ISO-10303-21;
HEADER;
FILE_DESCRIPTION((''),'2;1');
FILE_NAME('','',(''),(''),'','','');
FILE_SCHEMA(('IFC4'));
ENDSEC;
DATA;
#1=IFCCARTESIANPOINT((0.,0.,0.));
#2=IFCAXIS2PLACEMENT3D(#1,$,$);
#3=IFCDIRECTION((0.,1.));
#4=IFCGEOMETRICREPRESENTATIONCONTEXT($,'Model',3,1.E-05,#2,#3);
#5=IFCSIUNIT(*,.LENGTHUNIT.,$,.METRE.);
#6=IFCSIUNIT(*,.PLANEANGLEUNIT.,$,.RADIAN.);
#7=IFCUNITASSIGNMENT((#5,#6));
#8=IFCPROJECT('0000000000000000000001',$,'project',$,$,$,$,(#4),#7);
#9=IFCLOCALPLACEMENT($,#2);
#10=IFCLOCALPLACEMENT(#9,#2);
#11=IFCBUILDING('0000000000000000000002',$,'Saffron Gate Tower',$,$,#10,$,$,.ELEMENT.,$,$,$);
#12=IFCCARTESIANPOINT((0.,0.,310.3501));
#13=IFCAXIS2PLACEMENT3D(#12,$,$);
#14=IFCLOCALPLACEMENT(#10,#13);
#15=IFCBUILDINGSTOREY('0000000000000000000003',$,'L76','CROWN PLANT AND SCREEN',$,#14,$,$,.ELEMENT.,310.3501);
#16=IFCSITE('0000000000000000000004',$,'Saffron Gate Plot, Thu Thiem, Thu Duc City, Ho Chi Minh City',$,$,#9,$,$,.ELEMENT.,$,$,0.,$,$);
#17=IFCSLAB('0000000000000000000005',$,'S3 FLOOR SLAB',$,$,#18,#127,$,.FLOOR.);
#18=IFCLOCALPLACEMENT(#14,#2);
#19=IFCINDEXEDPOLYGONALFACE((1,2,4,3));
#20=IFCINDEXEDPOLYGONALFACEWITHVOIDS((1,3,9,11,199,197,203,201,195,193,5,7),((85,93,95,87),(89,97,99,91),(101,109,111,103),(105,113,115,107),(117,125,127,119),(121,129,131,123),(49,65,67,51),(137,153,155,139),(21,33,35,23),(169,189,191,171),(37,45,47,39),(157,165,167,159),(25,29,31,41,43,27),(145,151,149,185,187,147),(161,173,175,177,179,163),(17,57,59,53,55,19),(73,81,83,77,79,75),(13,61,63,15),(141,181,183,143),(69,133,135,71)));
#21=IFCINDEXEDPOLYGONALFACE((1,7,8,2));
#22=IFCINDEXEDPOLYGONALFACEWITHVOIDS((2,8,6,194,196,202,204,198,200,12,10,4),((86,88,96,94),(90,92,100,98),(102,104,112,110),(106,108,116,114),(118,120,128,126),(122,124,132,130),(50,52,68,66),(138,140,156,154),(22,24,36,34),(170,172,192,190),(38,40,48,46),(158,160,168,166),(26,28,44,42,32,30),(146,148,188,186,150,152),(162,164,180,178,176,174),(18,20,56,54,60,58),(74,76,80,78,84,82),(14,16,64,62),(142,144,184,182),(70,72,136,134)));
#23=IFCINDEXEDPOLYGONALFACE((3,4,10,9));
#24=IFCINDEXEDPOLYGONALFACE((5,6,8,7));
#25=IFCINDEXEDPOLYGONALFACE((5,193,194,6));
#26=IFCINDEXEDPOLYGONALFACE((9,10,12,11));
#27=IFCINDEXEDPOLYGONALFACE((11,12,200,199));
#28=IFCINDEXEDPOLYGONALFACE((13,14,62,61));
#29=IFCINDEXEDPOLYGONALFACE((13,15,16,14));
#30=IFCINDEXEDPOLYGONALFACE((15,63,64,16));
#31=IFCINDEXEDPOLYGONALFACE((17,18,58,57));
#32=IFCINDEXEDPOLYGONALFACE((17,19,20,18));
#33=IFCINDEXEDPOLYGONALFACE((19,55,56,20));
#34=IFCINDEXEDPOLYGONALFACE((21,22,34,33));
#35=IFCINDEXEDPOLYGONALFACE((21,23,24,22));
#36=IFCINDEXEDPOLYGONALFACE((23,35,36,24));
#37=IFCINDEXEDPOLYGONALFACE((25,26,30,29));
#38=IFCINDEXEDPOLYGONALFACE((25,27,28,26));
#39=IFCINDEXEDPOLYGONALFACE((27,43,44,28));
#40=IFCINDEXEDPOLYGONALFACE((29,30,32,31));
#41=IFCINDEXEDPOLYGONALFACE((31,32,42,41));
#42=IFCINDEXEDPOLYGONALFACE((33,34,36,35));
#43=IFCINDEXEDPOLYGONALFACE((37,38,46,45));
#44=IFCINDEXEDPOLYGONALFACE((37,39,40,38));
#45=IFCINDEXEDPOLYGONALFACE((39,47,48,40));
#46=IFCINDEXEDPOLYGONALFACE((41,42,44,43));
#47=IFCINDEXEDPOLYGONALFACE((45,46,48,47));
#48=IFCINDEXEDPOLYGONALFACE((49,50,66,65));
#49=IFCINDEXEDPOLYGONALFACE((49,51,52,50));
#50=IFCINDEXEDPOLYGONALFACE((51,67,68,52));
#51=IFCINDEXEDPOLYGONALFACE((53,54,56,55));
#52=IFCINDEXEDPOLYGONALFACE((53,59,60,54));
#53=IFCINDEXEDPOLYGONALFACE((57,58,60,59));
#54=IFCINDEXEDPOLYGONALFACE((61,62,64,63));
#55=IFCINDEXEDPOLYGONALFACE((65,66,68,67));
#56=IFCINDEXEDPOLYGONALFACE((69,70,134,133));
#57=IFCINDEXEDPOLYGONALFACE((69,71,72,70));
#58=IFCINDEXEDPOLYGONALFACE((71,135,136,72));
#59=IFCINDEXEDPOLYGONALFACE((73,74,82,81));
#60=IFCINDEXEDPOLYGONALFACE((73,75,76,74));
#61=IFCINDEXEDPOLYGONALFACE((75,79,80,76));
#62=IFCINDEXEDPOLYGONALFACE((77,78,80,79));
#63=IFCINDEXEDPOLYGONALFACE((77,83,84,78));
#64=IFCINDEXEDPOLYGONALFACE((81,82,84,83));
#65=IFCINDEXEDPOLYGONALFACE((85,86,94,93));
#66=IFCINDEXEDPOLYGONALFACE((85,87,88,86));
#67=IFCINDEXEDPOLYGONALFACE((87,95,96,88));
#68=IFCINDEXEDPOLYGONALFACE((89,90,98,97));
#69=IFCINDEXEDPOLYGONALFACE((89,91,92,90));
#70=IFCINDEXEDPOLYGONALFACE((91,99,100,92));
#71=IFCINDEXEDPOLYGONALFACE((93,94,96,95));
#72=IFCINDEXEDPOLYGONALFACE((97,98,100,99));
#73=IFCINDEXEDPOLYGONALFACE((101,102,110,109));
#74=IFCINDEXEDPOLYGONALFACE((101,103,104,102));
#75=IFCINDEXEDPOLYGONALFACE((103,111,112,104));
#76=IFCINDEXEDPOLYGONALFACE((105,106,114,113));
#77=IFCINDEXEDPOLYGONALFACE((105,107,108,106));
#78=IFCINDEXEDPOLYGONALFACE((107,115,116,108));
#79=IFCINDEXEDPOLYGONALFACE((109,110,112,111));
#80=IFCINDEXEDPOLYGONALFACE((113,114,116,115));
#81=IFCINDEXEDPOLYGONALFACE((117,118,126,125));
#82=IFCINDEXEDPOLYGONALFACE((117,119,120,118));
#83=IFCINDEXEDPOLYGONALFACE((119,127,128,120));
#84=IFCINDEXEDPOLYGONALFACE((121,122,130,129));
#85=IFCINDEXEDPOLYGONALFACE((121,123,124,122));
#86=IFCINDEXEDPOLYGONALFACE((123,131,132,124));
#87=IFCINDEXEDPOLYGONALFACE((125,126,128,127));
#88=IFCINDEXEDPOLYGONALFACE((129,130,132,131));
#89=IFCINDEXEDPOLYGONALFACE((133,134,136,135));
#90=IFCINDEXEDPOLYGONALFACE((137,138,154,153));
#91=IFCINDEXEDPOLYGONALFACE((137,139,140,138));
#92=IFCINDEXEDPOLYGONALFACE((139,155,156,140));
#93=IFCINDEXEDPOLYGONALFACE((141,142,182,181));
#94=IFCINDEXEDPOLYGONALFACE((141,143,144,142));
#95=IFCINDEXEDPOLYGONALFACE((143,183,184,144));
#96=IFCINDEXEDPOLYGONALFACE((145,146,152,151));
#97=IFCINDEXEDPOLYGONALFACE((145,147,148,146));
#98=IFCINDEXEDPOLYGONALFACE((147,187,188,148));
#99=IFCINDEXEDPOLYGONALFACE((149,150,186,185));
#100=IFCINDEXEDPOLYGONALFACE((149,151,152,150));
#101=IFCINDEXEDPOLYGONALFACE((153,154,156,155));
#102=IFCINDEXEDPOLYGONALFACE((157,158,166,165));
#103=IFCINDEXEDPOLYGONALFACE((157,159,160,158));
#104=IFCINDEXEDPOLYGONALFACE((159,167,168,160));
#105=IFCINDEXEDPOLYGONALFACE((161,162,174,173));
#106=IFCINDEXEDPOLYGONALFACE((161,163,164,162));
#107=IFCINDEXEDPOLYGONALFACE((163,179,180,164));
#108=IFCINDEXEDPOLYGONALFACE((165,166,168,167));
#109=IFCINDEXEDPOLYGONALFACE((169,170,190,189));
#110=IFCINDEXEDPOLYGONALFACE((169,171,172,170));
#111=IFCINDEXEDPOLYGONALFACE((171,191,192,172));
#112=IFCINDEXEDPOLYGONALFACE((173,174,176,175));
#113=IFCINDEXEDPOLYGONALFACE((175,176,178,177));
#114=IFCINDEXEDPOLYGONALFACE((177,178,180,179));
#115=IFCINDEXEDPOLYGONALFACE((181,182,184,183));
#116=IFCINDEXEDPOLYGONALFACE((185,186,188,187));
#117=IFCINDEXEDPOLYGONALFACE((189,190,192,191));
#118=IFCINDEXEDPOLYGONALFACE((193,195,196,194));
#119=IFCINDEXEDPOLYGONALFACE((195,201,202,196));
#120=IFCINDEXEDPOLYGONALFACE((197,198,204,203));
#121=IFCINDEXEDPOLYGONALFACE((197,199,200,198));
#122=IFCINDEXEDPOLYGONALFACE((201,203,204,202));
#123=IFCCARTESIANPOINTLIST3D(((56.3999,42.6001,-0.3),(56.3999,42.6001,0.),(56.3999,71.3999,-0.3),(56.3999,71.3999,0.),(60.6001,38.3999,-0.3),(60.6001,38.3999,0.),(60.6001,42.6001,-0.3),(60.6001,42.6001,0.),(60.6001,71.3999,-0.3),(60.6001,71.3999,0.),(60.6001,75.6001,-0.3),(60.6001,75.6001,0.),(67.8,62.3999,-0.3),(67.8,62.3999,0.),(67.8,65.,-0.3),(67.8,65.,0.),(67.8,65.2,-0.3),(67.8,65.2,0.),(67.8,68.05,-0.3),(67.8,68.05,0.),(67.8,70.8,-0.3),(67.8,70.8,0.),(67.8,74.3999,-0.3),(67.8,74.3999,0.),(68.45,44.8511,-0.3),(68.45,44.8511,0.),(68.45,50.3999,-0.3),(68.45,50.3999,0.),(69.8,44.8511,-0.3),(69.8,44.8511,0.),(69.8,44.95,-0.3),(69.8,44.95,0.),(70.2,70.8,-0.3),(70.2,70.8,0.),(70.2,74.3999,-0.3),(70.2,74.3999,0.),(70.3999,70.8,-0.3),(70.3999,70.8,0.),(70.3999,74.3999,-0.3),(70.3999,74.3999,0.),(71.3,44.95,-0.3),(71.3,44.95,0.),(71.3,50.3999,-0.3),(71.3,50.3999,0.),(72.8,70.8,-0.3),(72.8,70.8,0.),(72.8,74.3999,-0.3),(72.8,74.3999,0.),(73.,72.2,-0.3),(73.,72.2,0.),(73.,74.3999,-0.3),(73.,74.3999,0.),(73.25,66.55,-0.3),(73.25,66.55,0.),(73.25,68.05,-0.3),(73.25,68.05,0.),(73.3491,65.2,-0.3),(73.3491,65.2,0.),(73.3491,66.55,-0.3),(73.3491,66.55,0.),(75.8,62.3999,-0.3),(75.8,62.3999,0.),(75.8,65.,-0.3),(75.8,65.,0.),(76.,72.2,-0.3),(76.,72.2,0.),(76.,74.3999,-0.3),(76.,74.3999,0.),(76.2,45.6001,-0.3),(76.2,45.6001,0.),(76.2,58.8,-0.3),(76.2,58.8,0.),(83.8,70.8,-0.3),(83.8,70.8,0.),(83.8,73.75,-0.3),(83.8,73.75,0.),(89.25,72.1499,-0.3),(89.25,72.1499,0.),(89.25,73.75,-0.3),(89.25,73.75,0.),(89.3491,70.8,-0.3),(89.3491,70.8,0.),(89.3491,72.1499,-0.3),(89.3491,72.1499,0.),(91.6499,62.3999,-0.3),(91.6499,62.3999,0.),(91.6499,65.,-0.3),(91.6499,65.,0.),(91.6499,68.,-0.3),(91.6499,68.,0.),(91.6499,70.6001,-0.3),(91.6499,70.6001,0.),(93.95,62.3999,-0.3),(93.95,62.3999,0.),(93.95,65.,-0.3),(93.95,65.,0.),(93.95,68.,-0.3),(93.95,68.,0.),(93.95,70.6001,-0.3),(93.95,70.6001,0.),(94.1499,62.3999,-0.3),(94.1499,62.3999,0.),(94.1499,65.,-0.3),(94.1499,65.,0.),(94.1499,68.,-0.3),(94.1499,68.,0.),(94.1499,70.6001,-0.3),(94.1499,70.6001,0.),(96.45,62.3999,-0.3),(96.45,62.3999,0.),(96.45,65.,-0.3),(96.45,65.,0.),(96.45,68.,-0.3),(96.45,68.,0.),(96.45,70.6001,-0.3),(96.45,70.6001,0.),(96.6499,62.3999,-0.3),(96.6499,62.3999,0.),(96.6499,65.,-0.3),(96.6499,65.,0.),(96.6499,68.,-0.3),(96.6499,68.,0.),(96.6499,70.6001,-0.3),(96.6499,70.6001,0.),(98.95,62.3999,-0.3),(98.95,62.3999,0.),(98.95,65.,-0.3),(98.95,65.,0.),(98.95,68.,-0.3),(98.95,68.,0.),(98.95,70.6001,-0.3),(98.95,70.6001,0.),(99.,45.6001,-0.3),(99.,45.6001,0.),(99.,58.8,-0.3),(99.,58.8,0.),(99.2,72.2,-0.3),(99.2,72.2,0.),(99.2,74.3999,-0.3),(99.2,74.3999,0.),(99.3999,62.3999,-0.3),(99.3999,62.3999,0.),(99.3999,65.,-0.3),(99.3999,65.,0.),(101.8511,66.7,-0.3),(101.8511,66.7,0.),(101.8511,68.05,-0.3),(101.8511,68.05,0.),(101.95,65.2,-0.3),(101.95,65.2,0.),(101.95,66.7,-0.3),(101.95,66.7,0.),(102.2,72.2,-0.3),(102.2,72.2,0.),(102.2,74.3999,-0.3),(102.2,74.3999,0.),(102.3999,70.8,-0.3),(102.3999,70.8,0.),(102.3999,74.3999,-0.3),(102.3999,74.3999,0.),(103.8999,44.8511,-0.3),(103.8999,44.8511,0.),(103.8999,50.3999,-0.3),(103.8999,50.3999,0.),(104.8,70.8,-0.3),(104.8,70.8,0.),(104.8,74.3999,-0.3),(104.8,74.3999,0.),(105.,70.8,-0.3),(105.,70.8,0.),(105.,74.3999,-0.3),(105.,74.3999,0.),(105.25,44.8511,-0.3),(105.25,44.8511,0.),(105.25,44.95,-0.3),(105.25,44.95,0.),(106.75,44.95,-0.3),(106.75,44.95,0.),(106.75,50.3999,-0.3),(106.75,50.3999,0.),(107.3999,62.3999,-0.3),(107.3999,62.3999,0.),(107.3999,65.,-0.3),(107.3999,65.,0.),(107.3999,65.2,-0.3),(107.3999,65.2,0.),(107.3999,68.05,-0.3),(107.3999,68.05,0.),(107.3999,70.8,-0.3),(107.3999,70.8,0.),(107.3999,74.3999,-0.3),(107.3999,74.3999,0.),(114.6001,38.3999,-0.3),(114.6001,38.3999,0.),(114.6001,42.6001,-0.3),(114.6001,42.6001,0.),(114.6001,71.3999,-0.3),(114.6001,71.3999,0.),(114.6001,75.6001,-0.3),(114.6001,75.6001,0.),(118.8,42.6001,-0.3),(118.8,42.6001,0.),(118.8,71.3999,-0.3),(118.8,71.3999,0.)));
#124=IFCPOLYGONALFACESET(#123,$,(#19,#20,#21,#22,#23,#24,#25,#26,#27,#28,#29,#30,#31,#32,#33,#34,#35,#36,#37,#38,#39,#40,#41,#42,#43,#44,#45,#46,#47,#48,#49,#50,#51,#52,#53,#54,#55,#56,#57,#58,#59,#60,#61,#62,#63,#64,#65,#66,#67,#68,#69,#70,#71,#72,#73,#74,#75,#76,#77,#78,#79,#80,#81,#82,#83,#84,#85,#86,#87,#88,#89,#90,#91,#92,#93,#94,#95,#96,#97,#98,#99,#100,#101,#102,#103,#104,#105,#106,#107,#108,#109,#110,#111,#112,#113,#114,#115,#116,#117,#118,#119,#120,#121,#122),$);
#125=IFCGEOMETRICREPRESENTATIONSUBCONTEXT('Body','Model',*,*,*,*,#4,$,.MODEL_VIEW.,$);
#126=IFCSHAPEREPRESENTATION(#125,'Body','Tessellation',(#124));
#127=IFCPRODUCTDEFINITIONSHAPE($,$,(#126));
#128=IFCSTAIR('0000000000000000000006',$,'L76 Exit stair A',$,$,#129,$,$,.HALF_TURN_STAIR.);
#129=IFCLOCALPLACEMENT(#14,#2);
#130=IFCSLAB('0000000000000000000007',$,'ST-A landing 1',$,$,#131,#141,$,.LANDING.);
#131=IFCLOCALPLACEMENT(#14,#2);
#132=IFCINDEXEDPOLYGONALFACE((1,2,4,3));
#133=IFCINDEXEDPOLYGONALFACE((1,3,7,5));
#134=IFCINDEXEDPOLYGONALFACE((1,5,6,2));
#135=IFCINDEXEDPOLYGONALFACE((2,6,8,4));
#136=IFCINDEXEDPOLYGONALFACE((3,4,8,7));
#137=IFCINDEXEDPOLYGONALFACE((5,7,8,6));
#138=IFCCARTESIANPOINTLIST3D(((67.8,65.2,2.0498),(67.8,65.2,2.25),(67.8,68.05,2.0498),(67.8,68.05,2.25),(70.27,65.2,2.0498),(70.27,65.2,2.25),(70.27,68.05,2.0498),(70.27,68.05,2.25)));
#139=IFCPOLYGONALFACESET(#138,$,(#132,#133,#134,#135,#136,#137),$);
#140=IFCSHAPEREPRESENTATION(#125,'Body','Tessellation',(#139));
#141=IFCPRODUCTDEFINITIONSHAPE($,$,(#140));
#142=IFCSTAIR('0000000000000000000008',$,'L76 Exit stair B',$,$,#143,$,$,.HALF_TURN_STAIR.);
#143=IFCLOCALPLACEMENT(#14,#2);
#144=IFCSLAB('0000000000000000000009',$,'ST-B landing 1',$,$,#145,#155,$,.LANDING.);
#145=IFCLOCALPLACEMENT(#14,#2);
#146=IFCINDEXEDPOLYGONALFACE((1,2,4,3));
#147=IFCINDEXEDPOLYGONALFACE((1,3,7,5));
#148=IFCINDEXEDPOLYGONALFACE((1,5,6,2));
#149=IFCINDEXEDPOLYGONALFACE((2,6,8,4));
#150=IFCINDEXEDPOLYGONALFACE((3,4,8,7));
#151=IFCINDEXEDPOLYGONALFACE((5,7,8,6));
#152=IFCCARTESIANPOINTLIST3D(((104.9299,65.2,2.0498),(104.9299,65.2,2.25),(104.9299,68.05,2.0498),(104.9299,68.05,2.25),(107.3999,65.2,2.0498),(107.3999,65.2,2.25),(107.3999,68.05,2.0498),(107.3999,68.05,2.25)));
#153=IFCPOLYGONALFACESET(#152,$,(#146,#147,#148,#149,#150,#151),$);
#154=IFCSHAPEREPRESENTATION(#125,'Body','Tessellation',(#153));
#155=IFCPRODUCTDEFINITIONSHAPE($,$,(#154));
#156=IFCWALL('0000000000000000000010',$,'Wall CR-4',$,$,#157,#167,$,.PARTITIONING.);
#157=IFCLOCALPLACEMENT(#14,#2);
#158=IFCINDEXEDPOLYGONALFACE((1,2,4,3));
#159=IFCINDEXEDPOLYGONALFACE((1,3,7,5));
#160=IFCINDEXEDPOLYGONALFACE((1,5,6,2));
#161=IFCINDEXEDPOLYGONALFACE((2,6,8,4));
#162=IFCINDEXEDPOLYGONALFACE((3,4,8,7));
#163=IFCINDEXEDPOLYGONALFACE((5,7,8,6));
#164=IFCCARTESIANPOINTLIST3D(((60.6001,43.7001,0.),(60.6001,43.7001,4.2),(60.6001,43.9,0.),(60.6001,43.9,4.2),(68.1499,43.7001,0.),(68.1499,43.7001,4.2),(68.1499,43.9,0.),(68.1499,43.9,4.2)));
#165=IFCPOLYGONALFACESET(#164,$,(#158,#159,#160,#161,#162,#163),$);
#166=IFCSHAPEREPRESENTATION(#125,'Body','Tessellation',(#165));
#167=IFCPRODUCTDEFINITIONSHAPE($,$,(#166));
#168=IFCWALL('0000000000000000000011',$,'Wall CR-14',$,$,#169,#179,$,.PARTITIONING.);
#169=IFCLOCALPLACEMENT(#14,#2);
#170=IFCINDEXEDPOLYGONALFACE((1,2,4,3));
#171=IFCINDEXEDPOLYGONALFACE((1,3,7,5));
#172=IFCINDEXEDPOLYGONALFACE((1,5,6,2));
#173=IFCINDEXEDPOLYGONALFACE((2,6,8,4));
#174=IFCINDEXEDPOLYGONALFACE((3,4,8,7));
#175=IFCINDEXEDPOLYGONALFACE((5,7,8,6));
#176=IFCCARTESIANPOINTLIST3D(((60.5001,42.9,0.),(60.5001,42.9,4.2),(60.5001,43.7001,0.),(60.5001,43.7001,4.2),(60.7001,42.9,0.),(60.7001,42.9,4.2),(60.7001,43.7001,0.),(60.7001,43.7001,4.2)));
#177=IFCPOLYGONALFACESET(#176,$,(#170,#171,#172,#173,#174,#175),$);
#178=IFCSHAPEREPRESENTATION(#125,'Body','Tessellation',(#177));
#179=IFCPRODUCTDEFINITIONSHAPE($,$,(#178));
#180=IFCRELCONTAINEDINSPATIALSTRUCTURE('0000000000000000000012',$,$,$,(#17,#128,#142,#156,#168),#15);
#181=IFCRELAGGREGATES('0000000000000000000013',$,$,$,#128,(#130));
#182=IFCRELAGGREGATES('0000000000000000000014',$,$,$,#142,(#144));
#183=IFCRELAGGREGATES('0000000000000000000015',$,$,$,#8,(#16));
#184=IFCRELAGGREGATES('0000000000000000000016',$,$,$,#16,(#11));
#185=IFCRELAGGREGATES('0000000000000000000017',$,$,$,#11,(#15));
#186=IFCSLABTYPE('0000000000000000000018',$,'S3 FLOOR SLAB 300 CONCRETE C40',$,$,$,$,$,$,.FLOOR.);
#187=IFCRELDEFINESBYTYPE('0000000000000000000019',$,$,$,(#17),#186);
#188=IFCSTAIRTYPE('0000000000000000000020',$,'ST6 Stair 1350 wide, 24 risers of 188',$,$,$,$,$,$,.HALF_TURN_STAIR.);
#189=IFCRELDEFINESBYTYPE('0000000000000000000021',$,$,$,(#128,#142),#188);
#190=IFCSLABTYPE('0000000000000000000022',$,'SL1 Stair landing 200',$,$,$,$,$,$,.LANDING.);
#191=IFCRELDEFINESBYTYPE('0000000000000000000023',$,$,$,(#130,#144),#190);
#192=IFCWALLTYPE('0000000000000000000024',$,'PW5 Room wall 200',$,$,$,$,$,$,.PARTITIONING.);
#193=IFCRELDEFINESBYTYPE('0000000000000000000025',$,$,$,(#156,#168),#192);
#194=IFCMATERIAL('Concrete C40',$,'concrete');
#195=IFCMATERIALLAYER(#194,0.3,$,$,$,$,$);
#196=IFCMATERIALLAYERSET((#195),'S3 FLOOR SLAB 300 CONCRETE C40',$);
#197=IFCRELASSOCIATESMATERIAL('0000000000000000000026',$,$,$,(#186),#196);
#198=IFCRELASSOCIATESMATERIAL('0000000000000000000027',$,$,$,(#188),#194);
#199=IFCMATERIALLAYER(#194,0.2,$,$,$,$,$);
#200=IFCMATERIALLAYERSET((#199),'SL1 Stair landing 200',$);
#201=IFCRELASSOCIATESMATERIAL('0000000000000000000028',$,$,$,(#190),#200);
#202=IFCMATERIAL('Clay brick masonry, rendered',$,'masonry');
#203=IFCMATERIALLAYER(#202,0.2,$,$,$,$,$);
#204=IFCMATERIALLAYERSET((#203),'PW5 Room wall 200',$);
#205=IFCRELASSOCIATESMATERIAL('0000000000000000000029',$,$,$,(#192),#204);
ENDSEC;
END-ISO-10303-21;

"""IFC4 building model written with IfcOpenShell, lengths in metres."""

from ifc_helpers import new_model, si_unit, direction, frame, frame_2d, origin, place, context, subcontext, project, spatial, polyline, rectangle, outline, extrude, material, layer, layer_set, type_object, element, aggregate, save


model = new_model("IFC4")

# Units and contexts
model_context = context("Model", 3, precision=1e-05, world=origin(), true_north=direction((0.0, 1.0)))
body_context = subcontext(model_context, "Body", "Model", "MODEL_VIEW")
ifc_project = project(units=[si_unit("LENGTHUNIT", "METRE"), si_unit("PLANEANGLEUNIT", "RADIAN")], contexts=[model_context])

# Site, building, storey
site_placement = place(None, origin())
site = spatial("IfcSite", under=ifc_project, at=site_placement, Name="Saffron Gate Plot, Thu Thiem, Thu Duc City, Ho Chi Minh City", CompositionType="ELEMENT", RefElevation=0.0)
building_placement = place(site_placement, origin())
building = spatial("IfcBuilding", under=site, at=building_placement, Name="Saffron Gate Tower", CompositionType="ELEMENT")
storey_placement = place(building_placement, frame((0.0, 0.0, 310.3501)))
storey = spatial("IfcBuildingStorey", under=building, at=storey_placement, Name="L76", Description="CROWN PLANT AND SCREEN", CompositionType="ELEMENT", Elevation=310.3501)

# Shared definitions
ifc_material_1 = material(Name="Concrete C40", Category="concrete")

# Slab
ifc_layer_1 = layer(ifc_material_1, 0.3)
ifc_layer_set_1 = layer_set([ifc_layer_1], Name="S3 FLOOR SLAB 300 CONCRETE C40")
slab_type_1 = type_object("IfcSlabType", Name="S3 FLOOR SLAB 300 CONCRETE C40", PredefinedType="FLOOR", material=ifc_layer_set_1)
slab_1_placement = place(storey_placement, frame((0.0, 0.0, -0.3)))
element("IfcSlab", 1, at=slab_1_placement, inside=storey, type_object=slab_type_1, Name="S3 FLOOR SLAB", PredefinedType="FLOOR", context=body_context, shape_type="SweptSolid", body=[
    extrude(outline(polyline([(56.3999, 42.6001), (60.6001, 42.6001), (60.6001, 38.3999), (114.6001, 38.3999), (114.6001, 42.6001), (118.8, 42.6001), (118.8, 71.3999), (114.6001, 71.3999), (114.6001, 75.6001), (60.6001, 75.6001), (60.6001, 71.3999), (56.3999, 71.3999), (56.3999, 42.6001)]), holes=[polyline([(67.8, 62.3999), (67.8, 65.0), (75.8, 65.0), (75.8, 62.3999), (67.8, 62.3999)]), polyline([(67.8, 65.2), (67.8, 68.05), (73.25, 68.05), (73.25, 66.55), (73.3491, 66.55), (73.3491, 65.2), (67.8, 65.2)]), polyline([(67.8, 70.8), (67.8, 74.3999), (70.2, 74.3999), (70.2, 70.8), (67.8, 70.8)]), polyline([(68.45, 44.8511), (68.45, 50.3999), (71.3, 50.3999), (71.3, 44.95), (69.8, 44.95), (69.8, 44.8511), (68.45, 44.8511)]), polyline([(70.3999, 70.8), (70.3999, 74.3999), (72.8, 74.3999), (72.8, 70.8), (70.3999, 70.8)]), polyline([(73.0, 72.2), (73.0, 74.3999), (76.0, 74.3999), (76.0, 72.2), (73.0, 72.2)]), polyline([(76.2, 45.6001), (76.2, 58.8), (99.0, 58.8), (99.0, 45.6001), (76.2, 45.6001)]), polyline([(83.8, 70.8), (83.8, 73.75), (89.25, 73.75), (89.25, 72.1499), (89.3491, 72.1499), (89.3491, 70.8), (83.8, 70.8)]), polyline([(91.6499, 62.3999), (91.6499, 65.0), (93.95, 65.0), (93.95, 62.3999), (91.6499, 62.3999)]), polyline([(91.6499, 68.0), (91.6499, 70.6001), (93.95, 70.6001), (93.95, 68.0), (91.6499, 68.0)]), polyline([(94.1499, 62.3999), (94.1499, 65.0), (96.45, 65.0), (96.45, 62.3999), (94.1499, 62.3999)]), polyline([(94.1499, 68.0), (94.1499, 70.6001), (96.45, 70.6001), (96.45, 68.0), (94.1499, 68.0)]), polyline([(96.6499, 62.3999), (96.6499, 65.0), (98.95, 65.0), (98.95, 62.3999), (96.6499, 62.3999)]), polyline([(96.6499, 68.0), (96.6499, 70.6001), (98.95, 70.6001), (98.95, 68.0), (96.6499, 68.0)]), polyline([(99.2, 72.2), (99.2, 74.3999), (102.2, 74.3999), (102.2, 72.2), (99.2, 72.2)]), polyline([(99.3999, 62.3999), (99.3999, 65.0), (107.3999, 65.0), (107.3999, 62.3999), (99.3999, 62.3999)]), polyline([(101.8511, 66.7), (101.8511, 68.05), (107.3999, 68.05), (107.3999, 65.2), (101.95, 65.2), (101.95, 66.7), (101.8511, 66.7)]), polyline([(102.3999, 70.8), (102.3999, 74.3999), (104.8, 74.3999), (104.8, 70.8), (102.3999, 70.8)]), polyline([(103.8999, 44.8511), (103.8999, 50.3999), (106.75, 50.3999), (106.75, 44.95), (105.25, 44.95), (105.25, 44.8511), (103.8999, 44.8511)]), polyline([(105.0, 70.8), (105.0, 74.3999), (107.3999, 74.3999), (107.3999, 70.8), (105.0, 70.8)])]), origin(), (0.0, 0.0, 1.0), 0.3),
])

# Stairs, slabs
stair_type = type_object("IfcStairType", Name="ST6 Stair 1350 wide, 24 risers of 188", PredefinedType="HALF_TURN_STAIR", material=ifc_material_1)
stair_1_placement = place(storey_placement, origin())
stair_1 = element("IfcStair", 2, at=stair_1_placement, inside=storey, type_object=stair_type, Name="L76 Exit stair A", PredefinedType="HALF_TURN_STAIR")
ifc_layer_2 = layer(ifc_material_1, 0.2)
ifc_layer_set_2 = layer_set([ifc_layer_2], Name="SL1 Stair landing 200")
slab_type_2 = type_object("IfcSlabType", Name="SL1 Stair landing 200", PredefinedType="LANDING", material=ifc_layer_set_2)
slab_2_placement = place(storey_placement, frame((0.0, 0.0, 2.0498)))
slab_2 = element("IfcSlab", 3, at=slab_2_placement, type_object=slab_type_2, Name="ST-A landing 1", PredefinedType="LANDING", context=body_context, shape_type="SweptSolid", body=[
    extrude(outline(polyline([(70.27, 68.05), (67.8, 68.05), (67.8, 65.2), (70.27, 65.2), (70.27, 68.05)])), origin(), (0.0, 0.0, 1.0), 0.2002),
])
aggregate(stair_1, [slab_2])
stair_2_placement = place(storey_placement, origin())
stair_2 = element("IfcStair", 4, at=stair_2_placement, inside=storey, type_object=stair_type, Name="L76 Exit stair B", PredefinedType="HALF_TURN_STAIR")
slab_3_placement = place(storey_placement, frame((0.0, 0.0, 2.0498)))
slab_3 = element("IfcSlab", 5, at=slab_3_placement, type_object=slab_type_2, Name="ST-B landing 1", PredefinedType="LANDING", context=body_context, shape_type="SweptSolid", body=[
    extrude(outline(polyline([(104.9299, 65.2), (107.3999, 65.2), (107.3999, 68.05), (104.9299, 68.05), (104.9299, 65.2)])), origin(), (0.0, 0.0, 1.0), 0.2002),
])
aggregate(stair_2, [slab_3])

# Walls
ifc_material_2 = material(Name="Clay brick masonry, rendered", Category="masonry")
ifc_layer_3 = layer(ifc_material_2, 0.2)
ifc_layer_set_3 = layer_set([ifc_layer_3], Name="PW5 Room wall 200")
wall_type = type_object("IfcWallType", Name="PW5 Room wall 200", PredefinedType="PARTITIONING", material=ifc_layer_set_3)
wall_1_placement = place(storey_placement, frame((60.6001, 43.8, 0.0), z_axis=(0.0, 0.0, 1.0), x_axis=(1.0, 0.0, 0.0)))
element("IfcWall", 6, at=wall_1_placement, inside=storey, type_object=wall_type, Name="Wall CR-4", PredefinedType="PARTITIONING", context=body_context, shape_type="SweptSolid", body=[
    extrude(rectangle(XDim=7.5498, YDim=0.2, at=frame_2d((3.7749, 0.0))), origin(), (0.0, 0.0, 1.0), 4.2),
])
wall_2_placement = place(storey_placement, frame((60.6001, 43.7, 0.0), z_axis=(0.0, 0.0, 1.0), x_axis=(0.0, -1.0, 0.0)))
element("IfcWall", 7, at=wall_2_placement, inside=storey, type_object=wall_type, Name="Wall CR-14", PredefinedType="PARTITIONING", context=body_context, shape_type="SweptSolid", body=[
    extrude(rectangle(XDim=0.8, YDim=0.2, at=frame_2d((0.3999, 0.0))), origin(), (0.0, 0.0, 1.0), 4.2),
])

save(model, "model.ifc")
